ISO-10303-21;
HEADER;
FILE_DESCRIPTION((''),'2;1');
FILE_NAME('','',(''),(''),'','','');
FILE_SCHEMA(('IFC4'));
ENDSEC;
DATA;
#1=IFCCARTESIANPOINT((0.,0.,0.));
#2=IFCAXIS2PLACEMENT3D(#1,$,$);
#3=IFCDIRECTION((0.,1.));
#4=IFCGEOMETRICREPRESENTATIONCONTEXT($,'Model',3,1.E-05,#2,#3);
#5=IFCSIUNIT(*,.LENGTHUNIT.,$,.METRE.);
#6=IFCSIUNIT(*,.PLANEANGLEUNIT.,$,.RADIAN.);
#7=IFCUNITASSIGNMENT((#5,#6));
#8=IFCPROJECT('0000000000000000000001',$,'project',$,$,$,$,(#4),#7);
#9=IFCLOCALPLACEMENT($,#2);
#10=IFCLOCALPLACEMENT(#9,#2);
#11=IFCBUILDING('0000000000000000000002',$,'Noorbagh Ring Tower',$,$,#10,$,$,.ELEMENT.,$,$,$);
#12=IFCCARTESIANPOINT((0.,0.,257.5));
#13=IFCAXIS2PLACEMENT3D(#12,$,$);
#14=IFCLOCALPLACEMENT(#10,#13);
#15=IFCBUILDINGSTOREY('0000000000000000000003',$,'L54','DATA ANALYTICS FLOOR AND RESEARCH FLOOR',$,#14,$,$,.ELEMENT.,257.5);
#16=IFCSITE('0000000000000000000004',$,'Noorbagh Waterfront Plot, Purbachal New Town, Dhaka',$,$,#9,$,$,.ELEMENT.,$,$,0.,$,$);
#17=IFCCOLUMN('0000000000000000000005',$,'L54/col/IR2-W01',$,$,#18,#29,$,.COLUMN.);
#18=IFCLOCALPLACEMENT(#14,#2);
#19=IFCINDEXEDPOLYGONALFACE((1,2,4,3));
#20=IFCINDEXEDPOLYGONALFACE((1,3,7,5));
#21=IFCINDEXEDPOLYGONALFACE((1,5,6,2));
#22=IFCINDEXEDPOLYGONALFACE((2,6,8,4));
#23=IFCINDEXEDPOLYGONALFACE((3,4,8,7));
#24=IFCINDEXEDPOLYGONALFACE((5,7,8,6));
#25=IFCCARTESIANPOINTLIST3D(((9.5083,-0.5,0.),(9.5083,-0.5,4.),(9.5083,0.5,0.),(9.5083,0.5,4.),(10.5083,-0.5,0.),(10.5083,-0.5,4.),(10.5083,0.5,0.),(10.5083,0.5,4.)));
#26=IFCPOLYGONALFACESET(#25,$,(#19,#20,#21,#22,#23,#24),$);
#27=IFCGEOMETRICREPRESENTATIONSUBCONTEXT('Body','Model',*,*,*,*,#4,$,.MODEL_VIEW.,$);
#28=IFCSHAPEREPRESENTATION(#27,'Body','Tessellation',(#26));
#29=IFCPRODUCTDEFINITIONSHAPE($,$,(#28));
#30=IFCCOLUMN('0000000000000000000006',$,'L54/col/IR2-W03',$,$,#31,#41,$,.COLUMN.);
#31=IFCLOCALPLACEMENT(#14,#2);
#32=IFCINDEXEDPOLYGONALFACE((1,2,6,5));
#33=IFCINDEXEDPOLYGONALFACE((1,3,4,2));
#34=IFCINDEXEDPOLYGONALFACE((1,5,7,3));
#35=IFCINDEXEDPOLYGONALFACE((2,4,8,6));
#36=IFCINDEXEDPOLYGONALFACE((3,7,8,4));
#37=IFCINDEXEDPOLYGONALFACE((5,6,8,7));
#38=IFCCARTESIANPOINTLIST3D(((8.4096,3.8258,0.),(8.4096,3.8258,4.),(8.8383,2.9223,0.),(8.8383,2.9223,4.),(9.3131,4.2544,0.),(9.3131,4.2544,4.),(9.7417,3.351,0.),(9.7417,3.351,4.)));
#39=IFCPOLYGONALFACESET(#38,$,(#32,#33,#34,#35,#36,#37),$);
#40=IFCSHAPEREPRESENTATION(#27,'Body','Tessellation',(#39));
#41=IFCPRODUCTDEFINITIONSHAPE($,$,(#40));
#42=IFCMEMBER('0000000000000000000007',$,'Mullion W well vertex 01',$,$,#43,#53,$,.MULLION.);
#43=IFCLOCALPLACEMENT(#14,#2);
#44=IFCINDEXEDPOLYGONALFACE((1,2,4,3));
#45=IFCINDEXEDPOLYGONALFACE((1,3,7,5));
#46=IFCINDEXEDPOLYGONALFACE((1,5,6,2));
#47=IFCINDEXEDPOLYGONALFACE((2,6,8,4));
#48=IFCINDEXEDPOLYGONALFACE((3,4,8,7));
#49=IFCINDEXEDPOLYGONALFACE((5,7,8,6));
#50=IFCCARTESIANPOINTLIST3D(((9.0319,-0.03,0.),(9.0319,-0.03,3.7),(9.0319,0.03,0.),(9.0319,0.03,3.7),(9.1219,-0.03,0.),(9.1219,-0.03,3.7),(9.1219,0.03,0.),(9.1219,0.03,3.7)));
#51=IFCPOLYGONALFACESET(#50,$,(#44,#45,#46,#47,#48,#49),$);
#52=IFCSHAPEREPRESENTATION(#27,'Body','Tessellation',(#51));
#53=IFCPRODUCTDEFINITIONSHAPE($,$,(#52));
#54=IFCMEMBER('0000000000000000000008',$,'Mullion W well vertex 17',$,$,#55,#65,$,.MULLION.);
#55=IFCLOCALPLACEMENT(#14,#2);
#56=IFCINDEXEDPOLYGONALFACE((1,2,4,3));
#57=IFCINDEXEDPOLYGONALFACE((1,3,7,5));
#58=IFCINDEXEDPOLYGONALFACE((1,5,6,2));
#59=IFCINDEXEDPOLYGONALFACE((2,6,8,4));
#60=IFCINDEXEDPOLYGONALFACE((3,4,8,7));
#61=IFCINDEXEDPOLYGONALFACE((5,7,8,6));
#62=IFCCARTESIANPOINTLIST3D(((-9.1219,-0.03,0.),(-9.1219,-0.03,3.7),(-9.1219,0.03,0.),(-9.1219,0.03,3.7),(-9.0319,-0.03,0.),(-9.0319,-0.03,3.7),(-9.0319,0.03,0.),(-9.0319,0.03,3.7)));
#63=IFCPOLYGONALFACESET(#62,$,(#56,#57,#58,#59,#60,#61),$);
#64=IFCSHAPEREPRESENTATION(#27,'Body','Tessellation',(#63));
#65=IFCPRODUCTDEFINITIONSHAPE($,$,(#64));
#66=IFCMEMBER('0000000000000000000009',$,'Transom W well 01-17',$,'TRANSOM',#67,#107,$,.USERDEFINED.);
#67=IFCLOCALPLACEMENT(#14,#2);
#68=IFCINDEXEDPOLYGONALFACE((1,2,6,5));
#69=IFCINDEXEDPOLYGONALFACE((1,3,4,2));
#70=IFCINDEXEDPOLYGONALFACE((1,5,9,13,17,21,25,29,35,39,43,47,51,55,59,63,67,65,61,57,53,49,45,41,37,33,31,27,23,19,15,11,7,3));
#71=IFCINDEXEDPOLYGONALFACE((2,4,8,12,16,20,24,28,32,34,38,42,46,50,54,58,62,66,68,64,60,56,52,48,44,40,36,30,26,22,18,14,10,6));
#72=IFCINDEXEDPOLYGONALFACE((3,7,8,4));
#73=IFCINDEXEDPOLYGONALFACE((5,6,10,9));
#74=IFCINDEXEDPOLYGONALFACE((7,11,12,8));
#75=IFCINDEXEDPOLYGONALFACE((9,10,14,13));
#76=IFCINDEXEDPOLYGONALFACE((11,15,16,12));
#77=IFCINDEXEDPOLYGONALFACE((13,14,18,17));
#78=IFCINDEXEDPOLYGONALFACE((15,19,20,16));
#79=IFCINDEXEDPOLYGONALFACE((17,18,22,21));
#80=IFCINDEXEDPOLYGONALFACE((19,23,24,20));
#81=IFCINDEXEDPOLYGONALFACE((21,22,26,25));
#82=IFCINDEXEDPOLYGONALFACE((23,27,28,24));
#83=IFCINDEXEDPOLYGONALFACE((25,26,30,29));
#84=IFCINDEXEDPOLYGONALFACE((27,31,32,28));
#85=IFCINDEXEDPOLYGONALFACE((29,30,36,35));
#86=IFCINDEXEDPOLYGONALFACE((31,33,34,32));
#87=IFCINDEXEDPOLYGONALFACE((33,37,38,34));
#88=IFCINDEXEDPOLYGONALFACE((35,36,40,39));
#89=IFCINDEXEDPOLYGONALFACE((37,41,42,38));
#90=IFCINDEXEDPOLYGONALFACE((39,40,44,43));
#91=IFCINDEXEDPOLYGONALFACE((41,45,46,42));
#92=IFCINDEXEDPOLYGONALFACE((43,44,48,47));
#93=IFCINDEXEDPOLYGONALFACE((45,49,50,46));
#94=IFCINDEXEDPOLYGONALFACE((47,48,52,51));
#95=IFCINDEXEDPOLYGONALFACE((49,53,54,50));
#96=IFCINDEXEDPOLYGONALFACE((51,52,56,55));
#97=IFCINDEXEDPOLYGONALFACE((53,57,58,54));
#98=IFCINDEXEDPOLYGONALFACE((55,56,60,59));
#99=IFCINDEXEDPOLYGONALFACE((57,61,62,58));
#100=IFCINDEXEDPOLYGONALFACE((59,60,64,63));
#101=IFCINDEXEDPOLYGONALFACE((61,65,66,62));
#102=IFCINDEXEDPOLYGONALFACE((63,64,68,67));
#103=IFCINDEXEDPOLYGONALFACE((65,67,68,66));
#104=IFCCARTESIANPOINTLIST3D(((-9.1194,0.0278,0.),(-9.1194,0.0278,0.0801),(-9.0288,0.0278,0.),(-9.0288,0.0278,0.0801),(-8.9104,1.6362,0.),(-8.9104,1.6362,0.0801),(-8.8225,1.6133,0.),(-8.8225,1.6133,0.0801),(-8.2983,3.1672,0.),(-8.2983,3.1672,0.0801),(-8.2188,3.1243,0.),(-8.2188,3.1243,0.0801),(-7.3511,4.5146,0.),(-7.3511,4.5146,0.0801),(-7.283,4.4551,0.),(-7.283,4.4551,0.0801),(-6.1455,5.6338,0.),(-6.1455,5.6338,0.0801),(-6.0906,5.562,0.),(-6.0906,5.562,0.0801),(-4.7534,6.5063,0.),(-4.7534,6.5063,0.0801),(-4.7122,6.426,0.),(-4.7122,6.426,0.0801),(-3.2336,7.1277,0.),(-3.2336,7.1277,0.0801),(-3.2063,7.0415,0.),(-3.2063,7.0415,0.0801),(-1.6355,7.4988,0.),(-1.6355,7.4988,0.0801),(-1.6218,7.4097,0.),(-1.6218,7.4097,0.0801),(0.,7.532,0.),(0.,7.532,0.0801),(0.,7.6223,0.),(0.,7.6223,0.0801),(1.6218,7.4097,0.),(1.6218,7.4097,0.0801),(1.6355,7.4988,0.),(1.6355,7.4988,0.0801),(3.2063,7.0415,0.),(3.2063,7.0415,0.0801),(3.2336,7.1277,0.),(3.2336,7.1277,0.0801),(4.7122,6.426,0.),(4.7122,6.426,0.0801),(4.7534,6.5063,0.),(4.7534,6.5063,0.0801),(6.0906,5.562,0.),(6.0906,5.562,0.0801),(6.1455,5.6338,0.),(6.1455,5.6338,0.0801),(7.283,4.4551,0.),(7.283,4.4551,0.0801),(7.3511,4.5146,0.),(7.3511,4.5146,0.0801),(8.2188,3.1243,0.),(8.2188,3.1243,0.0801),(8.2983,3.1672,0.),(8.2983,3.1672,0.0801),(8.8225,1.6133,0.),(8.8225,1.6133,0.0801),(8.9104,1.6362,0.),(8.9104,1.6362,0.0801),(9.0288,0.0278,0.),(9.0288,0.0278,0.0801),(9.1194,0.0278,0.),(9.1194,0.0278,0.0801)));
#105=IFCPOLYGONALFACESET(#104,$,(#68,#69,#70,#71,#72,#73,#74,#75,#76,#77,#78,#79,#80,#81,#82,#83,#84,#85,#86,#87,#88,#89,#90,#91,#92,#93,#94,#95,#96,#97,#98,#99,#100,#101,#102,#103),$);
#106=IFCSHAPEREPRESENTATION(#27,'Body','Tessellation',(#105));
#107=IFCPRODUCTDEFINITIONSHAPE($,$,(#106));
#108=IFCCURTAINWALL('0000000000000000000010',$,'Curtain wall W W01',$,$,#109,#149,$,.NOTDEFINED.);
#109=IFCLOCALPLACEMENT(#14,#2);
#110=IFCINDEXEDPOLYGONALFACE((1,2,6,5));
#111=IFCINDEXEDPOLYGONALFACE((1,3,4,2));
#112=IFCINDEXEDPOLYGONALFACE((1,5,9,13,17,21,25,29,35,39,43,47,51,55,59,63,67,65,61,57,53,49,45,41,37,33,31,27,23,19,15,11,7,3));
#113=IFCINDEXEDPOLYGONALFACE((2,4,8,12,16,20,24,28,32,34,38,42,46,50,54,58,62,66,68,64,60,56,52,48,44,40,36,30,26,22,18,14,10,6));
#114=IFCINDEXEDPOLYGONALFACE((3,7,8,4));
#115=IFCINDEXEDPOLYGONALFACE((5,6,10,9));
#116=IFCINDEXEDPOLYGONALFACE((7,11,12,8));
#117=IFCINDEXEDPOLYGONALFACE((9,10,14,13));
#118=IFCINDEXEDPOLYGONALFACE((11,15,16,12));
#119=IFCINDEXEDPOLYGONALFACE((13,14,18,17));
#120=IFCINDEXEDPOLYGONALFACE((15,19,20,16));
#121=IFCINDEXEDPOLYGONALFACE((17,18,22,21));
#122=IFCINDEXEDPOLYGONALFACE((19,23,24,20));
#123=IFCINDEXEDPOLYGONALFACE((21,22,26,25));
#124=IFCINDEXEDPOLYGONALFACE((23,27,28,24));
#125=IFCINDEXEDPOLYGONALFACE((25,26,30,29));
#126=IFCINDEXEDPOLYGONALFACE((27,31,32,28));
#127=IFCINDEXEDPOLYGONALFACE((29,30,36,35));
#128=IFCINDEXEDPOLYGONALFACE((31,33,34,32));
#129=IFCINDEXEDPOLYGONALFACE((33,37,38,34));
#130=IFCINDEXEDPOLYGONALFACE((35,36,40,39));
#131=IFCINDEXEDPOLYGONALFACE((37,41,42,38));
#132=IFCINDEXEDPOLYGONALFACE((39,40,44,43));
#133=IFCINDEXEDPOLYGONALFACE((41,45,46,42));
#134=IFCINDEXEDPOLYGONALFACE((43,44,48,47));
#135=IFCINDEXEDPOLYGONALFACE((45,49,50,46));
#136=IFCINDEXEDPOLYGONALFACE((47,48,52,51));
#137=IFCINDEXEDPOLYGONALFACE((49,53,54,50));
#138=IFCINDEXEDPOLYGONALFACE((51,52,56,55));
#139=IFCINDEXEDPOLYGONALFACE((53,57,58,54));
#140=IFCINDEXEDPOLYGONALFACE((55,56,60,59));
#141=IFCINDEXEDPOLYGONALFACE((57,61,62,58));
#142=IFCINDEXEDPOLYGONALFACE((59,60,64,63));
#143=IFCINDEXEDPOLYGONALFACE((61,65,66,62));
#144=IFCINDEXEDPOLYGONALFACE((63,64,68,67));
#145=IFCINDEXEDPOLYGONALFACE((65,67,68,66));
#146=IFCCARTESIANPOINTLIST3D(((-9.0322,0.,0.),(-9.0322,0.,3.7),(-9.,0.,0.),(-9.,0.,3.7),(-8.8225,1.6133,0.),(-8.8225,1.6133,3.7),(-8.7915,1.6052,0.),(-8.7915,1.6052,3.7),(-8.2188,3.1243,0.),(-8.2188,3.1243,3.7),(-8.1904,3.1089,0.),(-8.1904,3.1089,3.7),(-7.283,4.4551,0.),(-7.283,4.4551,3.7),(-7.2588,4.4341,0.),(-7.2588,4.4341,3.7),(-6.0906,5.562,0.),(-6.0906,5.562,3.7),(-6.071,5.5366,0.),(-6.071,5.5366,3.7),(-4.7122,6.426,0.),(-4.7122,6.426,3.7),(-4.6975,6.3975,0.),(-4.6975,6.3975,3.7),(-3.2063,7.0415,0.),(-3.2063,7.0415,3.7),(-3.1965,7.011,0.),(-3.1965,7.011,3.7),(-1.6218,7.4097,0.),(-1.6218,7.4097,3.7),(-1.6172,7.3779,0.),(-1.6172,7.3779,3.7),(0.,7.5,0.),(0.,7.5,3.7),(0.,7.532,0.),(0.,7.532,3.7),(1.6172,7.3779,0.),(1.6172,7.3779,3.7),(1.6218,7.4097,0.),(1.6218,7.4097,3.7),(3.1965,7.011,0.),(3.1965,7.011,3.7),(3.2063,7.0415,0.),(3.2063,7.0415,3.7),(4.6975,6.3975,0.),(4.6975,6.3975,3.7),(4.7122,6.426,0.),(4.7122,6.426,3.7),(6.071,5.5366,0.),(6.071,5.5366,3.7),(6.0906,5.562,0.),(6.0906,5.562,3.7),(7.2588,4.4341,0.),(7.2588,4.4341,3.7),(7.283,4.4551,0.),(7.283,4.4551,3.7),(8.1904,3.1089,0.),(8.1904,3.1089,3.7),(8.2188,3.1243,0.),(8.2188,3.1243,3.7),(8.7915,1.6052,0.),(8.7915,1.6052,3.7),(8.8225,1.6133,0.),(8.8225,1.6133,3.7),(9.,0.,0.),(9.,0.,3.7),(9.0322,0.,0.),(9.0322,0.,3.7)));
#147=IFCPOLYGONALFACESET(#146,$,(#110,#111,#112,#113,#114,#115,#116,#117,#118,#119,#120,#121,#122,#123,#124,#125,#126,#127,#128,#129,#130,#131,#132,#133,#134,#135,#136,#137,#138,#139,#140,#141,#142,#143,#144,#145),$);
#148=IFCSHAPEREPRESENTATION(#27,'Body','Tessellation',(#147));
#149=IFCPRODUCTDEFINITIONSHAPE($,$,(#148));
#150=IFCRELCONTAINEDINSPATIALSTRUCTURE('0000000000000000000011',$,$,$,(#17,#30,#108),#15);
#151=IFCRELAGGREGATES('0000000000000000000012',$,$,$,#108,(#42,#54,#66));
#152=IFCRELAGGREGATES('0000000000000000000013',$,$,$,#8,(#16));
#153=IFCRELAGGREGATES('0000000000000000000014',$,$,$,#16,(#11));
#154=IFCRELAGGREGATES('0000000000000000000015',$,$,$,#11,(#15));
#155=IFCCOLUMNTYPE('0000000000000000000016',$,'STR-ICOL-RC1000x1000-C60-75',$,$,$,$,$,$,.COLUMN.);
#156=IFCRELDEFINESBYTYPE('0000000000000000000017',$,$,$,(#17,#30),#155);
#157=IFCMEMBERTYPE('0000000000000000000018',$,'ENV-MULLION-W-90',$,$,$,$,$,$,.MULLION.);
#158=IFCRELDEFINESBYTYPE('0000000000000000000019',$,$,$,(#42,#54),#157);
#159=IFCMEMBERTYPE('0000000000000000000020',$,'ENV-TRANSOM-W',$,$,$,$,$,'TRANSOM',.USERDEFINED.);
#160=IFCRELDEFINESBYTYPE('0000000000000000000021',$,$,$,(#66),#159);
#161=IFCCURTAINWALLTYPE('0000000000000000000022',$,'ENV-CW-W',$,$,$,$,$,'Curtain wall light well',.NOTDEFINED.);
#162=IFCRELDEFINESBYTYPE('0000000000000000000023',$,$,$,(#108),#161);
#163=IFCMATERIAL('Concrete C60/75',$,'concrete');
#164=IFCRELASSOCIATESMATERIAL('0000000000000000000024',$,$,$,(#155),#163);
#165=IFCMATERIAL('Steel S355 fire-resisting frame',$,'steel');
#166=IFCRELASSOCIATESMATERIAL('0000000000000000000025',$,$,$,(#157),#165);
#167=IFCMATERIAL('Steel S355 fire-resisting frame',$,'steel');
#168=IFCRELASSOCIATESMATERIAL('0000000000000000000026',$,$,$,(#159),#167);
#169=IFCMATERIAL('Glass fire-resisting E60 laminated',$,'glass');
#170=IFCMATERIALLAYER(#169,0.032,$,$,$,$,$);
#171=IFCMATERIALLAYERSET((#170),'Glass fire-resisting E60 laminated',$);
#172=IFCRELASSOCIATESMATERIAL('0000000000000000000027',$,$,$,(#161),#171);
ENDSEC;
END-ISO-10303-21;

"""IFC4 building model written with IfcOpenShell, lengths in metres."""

from ifc_helpers import new_model, si_unit, direction, frame, origin, origin_2d, place, context, subcontext, project, spatial, polyline, rectangle, outline, extrude, material, layer, layer_set, material_profile, profile_set, type_object, element, aggregate, save


model = new_model("IFC4")

# Units and contexts
model_context = context("Model", 3, precision=1e-05, world=origin(), true_north=direction((0.0, 1.0)))
body_context = subcontext(model_context, "Body", "Model", "MODEL_VIEW")
ifc_project = project(units=[si_unit("LENGTHUNIT", "METRE"), si_unit("PLANEANGLEUNIT", "RADIAN")], contexts=[model_context])

# Site, building, storey
site_placement = place(None, origin())
site = spatial("IfcSite", under=ifc_project, at=site_placement, Name="Noorbagh Waterfront Plot, Purbachal New Town, Dhaka", CompositionType="ELEMENT", RefElevation=0.0)
building_placement = place(site_placement, origin())
building = spatial("IfcBuilding", under=site, at=building_placement, Name="Noorbagh Ring Tower", CompositionType="ELEMENT")
storey_placement = place(building_placement, frame((0.0, 0.0, 257.5)))
storey = spatial("IfcBuildingStorey", under=building, at=storey_placement, Name="L54", Description="DATA ANALYTICS FLOOR AND RESEARCH FLOOR", CompositionType="ELEMENT", Elevation=257.5)

# Columns
ifc_material_1 = material(Name="Concrete C60/75", Category="concrete")
ifc_material_profile_1 = material_profile(ifc_material_1, rectangle(XDim=1.0, YDim=1.0, at=origin_2d()), Name="RC1000x1000")
ifc_profile_set_1 = profile_set([ifc_material_profile_1], Name="Concrete C60/75")
column_type = type_object("IfcColumnType", Name="STR-ICOL-RC1000x1000-C60-75", PredefinedType="COLUMN", material=ifc_profile_set_1)
for number, where, z_axis, x_axis, name in (
    (1, (10.0083, 0.0, 0.0), (0.0, 0.0, 1.0), (0.0, 1.0, 0.0), "L54/col/IR2-W01"),
    (2, (9.0757, 3.5884, 0.0), (0.0, 0.0, 1.0), (-0.428667, 0.903463, 0.0), "L54/col/IR2-W03"),
):
    element("IfcColumn", number, at=place(storey_placement, frame(where, z_axis=z_axis, x_axis=x_axis)), inside=storey, type_object=column_type, Name=name, PredefinedType="COLUMN", context=body_context, shape_type="SweptSolid", body=[
        extrude(rectangle(XDim=1.0, YDim=1.0, at=origin_2d()), origin(), (0.0, 0.0, 1.0), 4.0),
    ])

# Members
ifc_material_2 = material(Name="Steel S355 fire-resisting frame", Category="steel")
ifc_material_profile_2 = material_profile(ifc_material_2, rectangle(XDim=0.0901, YDim=0.0601, at=origin_2d()), Name="90x60")
ifc_profile_set_2 = profile_set([ifc_material_profile_2], Name="Steel S355 fire-resisting frame")
member_type_1 = type_object("IfcMemberType", Name="ENV-MULLION-W-90", PredefinedType="MULLION", material=ifc_profile_set_2)
member_1_placement = place(storey_placement, frame((9.0769, 0.0, 0.0), z_axis=(0.0, 0.0, 1.0), x_axis=(1.0, 0.0, 0.0)))
member_1 = element("IfcMember", 3, at=member_1_placement, type_object=member_type_1, Name="Mullion W well vertex 01", PredefinedType="MULLION", context=body_context, shape_type="SweptSolid", body=[
    extrude(rectangle(XDim=0.0901, YDim=0.0601, at=origin_2d()), origin(), (0.0, 0.0, 1.0), 3.7),
])
member_2_placement = place(storey_placement, frame((-9.0769, 0.0, 0.0), z_axis=(0.0, 0.0, 1.0), x_axis=(-1.0, 0.0, 0.0)))
member_2 = element("IfcMember", 4, at=member_2_placement, type_object=member_type_1, Name="Mullion W well vertex 17", PredefinedType="MULLION", context=body_context, shape_type="SweptSolid", body=[
    extrude(rectangle(XDim=0.0901, YDim=0.0601, at=origin_2d()), origin(), (0.0, 0.0, 1.0), 3.7),
])
ifc_material_3 = material(Name="Steel S355 fire-resisting frame", Category="steel")
member_type_2 = type_object("IfcMemberType", Name="ENV-TRANSOM-W", ElementType="TRANSOM", PredefinedType="USERDEFINED", material=ifc_material_3)
member_3_placement = place(storey_placement, origin())
member_3 = element("IfcMember", 5, at=member_3_placement, type_object=member_type_2, Name="Transom W well 01-17", ObjectType="TRANSOM", PredefinedType="USERDEFINED", context=body_context, shape_type="SweptSolid", body=[
    extrude(outline(polyline([(9.1194, 0.0278), (8.9104, 1.6362), (8.2983, 3.1672), (7.3511, 4.5146), (6.1455, 5.6338), (4.7534, 6.5063), (3.2336, 7.1277), (1.6355, 7.4988), (0.0, 7.6223), (-1.6355, 7.4988), (-3.2336, 7.1277), (-4.7534, 6.5063), (-6.1455, 5.6338), (-7.3511, 4.5146), (-8.2983, 3.1672), (-8.9104, 1.6362), (-9.1194, 0.0278), (-9.0288, 0.0278), (-8.8225, 1.6133), (-8.2188, 3.1243), (-7.283, 4.4551), (-6.0906, 5.562), (-4.7122, 6.426), (-3.2063, 7.0415), (-1.6218, 7.4097), (0.0, 7.532), (1.6218, 7.4097), (3.2063, 7.0415), (4.7122, 6.426), (6.0906, 5.562), (7.283, 4.4551), (8.2188, 3.1243), (8.8225, 1.6133), (9.0288, 0.0278), (9.1194, 0.0278)])), origin(), (0.0, 0.0, 1.0), 0.0801),
])

# Curtain wall
ifc_material_4 = material(Name="Glass fire-resisting E60 laminated", Category="glass")
ifc_layer_1 = layer(ifc_material_4, 0.032)
ifc_layer_set_1 = layer_set([ifc_layer_1], Name="Glass fire-resisting E60 laminated")
curtain_wall_type_1 = type_object("IfcCurtainWallType", Name="ENV-CW-W", ElementType="Curtain wall light well", PredefinedType="NOTDEFINED", material=ifc_layer_set_1)
curtain_wall_1_placement = place(storey_placement, origin())
curtain_wall_1 = element("IfcCurtainWall", 6, at=curtain_wall_1_placement, inside=storey, type_object=curtain_wall_type_1, Name="Curtain wall W W01", PredefinedType="NOTDEFINED", context=body_context, shape_type="SweptSolid", body=[
    extrude(outline(polyline([(9.0322, 0.0), (8.8225, 1.6133), (8.2188, 3.1243), (7.283, 4.4551), (6.0906, 5.562), (4.7122, 6.426), (3.2063, 7.0415), (1.6218, 7.4097), (0.0, 7.532), (-1.6218, 7.4097), (-3.2063, 7.0415), (-4.7122, 6.426), (-6.0906, 5.562), (-7.283, 4.4551), (-8.2188, 3.1243), (-8.8225, 1.6133), (-9.0322, 0.0), (-9.0, 0.0), (-8.7915, 1.6052), (-8.1904, 3.1089), (-7.2588, 4.4341), (-6.071, 5.5366), (-4.6975, 6.3975), (-3.1965, 7.011), (-1.6172, 7.3779), (0.0, 7.5), (1.6172, 7.3779), (3.1965, 7.011), (4.6975, 6.3975), (6.071, 5.5366), (7.2588, 4.4341), (8.1904, 3.1089), (8.7915, 1.6052), (9.0, 0.0), (9.0322, 0.0)])), origin(), (0.0, 0.0, 1.0), 3.7),
])
aggregate(curtain_wall_1, [member_1, member_2, member_3])

save(model, "model.ifc")
